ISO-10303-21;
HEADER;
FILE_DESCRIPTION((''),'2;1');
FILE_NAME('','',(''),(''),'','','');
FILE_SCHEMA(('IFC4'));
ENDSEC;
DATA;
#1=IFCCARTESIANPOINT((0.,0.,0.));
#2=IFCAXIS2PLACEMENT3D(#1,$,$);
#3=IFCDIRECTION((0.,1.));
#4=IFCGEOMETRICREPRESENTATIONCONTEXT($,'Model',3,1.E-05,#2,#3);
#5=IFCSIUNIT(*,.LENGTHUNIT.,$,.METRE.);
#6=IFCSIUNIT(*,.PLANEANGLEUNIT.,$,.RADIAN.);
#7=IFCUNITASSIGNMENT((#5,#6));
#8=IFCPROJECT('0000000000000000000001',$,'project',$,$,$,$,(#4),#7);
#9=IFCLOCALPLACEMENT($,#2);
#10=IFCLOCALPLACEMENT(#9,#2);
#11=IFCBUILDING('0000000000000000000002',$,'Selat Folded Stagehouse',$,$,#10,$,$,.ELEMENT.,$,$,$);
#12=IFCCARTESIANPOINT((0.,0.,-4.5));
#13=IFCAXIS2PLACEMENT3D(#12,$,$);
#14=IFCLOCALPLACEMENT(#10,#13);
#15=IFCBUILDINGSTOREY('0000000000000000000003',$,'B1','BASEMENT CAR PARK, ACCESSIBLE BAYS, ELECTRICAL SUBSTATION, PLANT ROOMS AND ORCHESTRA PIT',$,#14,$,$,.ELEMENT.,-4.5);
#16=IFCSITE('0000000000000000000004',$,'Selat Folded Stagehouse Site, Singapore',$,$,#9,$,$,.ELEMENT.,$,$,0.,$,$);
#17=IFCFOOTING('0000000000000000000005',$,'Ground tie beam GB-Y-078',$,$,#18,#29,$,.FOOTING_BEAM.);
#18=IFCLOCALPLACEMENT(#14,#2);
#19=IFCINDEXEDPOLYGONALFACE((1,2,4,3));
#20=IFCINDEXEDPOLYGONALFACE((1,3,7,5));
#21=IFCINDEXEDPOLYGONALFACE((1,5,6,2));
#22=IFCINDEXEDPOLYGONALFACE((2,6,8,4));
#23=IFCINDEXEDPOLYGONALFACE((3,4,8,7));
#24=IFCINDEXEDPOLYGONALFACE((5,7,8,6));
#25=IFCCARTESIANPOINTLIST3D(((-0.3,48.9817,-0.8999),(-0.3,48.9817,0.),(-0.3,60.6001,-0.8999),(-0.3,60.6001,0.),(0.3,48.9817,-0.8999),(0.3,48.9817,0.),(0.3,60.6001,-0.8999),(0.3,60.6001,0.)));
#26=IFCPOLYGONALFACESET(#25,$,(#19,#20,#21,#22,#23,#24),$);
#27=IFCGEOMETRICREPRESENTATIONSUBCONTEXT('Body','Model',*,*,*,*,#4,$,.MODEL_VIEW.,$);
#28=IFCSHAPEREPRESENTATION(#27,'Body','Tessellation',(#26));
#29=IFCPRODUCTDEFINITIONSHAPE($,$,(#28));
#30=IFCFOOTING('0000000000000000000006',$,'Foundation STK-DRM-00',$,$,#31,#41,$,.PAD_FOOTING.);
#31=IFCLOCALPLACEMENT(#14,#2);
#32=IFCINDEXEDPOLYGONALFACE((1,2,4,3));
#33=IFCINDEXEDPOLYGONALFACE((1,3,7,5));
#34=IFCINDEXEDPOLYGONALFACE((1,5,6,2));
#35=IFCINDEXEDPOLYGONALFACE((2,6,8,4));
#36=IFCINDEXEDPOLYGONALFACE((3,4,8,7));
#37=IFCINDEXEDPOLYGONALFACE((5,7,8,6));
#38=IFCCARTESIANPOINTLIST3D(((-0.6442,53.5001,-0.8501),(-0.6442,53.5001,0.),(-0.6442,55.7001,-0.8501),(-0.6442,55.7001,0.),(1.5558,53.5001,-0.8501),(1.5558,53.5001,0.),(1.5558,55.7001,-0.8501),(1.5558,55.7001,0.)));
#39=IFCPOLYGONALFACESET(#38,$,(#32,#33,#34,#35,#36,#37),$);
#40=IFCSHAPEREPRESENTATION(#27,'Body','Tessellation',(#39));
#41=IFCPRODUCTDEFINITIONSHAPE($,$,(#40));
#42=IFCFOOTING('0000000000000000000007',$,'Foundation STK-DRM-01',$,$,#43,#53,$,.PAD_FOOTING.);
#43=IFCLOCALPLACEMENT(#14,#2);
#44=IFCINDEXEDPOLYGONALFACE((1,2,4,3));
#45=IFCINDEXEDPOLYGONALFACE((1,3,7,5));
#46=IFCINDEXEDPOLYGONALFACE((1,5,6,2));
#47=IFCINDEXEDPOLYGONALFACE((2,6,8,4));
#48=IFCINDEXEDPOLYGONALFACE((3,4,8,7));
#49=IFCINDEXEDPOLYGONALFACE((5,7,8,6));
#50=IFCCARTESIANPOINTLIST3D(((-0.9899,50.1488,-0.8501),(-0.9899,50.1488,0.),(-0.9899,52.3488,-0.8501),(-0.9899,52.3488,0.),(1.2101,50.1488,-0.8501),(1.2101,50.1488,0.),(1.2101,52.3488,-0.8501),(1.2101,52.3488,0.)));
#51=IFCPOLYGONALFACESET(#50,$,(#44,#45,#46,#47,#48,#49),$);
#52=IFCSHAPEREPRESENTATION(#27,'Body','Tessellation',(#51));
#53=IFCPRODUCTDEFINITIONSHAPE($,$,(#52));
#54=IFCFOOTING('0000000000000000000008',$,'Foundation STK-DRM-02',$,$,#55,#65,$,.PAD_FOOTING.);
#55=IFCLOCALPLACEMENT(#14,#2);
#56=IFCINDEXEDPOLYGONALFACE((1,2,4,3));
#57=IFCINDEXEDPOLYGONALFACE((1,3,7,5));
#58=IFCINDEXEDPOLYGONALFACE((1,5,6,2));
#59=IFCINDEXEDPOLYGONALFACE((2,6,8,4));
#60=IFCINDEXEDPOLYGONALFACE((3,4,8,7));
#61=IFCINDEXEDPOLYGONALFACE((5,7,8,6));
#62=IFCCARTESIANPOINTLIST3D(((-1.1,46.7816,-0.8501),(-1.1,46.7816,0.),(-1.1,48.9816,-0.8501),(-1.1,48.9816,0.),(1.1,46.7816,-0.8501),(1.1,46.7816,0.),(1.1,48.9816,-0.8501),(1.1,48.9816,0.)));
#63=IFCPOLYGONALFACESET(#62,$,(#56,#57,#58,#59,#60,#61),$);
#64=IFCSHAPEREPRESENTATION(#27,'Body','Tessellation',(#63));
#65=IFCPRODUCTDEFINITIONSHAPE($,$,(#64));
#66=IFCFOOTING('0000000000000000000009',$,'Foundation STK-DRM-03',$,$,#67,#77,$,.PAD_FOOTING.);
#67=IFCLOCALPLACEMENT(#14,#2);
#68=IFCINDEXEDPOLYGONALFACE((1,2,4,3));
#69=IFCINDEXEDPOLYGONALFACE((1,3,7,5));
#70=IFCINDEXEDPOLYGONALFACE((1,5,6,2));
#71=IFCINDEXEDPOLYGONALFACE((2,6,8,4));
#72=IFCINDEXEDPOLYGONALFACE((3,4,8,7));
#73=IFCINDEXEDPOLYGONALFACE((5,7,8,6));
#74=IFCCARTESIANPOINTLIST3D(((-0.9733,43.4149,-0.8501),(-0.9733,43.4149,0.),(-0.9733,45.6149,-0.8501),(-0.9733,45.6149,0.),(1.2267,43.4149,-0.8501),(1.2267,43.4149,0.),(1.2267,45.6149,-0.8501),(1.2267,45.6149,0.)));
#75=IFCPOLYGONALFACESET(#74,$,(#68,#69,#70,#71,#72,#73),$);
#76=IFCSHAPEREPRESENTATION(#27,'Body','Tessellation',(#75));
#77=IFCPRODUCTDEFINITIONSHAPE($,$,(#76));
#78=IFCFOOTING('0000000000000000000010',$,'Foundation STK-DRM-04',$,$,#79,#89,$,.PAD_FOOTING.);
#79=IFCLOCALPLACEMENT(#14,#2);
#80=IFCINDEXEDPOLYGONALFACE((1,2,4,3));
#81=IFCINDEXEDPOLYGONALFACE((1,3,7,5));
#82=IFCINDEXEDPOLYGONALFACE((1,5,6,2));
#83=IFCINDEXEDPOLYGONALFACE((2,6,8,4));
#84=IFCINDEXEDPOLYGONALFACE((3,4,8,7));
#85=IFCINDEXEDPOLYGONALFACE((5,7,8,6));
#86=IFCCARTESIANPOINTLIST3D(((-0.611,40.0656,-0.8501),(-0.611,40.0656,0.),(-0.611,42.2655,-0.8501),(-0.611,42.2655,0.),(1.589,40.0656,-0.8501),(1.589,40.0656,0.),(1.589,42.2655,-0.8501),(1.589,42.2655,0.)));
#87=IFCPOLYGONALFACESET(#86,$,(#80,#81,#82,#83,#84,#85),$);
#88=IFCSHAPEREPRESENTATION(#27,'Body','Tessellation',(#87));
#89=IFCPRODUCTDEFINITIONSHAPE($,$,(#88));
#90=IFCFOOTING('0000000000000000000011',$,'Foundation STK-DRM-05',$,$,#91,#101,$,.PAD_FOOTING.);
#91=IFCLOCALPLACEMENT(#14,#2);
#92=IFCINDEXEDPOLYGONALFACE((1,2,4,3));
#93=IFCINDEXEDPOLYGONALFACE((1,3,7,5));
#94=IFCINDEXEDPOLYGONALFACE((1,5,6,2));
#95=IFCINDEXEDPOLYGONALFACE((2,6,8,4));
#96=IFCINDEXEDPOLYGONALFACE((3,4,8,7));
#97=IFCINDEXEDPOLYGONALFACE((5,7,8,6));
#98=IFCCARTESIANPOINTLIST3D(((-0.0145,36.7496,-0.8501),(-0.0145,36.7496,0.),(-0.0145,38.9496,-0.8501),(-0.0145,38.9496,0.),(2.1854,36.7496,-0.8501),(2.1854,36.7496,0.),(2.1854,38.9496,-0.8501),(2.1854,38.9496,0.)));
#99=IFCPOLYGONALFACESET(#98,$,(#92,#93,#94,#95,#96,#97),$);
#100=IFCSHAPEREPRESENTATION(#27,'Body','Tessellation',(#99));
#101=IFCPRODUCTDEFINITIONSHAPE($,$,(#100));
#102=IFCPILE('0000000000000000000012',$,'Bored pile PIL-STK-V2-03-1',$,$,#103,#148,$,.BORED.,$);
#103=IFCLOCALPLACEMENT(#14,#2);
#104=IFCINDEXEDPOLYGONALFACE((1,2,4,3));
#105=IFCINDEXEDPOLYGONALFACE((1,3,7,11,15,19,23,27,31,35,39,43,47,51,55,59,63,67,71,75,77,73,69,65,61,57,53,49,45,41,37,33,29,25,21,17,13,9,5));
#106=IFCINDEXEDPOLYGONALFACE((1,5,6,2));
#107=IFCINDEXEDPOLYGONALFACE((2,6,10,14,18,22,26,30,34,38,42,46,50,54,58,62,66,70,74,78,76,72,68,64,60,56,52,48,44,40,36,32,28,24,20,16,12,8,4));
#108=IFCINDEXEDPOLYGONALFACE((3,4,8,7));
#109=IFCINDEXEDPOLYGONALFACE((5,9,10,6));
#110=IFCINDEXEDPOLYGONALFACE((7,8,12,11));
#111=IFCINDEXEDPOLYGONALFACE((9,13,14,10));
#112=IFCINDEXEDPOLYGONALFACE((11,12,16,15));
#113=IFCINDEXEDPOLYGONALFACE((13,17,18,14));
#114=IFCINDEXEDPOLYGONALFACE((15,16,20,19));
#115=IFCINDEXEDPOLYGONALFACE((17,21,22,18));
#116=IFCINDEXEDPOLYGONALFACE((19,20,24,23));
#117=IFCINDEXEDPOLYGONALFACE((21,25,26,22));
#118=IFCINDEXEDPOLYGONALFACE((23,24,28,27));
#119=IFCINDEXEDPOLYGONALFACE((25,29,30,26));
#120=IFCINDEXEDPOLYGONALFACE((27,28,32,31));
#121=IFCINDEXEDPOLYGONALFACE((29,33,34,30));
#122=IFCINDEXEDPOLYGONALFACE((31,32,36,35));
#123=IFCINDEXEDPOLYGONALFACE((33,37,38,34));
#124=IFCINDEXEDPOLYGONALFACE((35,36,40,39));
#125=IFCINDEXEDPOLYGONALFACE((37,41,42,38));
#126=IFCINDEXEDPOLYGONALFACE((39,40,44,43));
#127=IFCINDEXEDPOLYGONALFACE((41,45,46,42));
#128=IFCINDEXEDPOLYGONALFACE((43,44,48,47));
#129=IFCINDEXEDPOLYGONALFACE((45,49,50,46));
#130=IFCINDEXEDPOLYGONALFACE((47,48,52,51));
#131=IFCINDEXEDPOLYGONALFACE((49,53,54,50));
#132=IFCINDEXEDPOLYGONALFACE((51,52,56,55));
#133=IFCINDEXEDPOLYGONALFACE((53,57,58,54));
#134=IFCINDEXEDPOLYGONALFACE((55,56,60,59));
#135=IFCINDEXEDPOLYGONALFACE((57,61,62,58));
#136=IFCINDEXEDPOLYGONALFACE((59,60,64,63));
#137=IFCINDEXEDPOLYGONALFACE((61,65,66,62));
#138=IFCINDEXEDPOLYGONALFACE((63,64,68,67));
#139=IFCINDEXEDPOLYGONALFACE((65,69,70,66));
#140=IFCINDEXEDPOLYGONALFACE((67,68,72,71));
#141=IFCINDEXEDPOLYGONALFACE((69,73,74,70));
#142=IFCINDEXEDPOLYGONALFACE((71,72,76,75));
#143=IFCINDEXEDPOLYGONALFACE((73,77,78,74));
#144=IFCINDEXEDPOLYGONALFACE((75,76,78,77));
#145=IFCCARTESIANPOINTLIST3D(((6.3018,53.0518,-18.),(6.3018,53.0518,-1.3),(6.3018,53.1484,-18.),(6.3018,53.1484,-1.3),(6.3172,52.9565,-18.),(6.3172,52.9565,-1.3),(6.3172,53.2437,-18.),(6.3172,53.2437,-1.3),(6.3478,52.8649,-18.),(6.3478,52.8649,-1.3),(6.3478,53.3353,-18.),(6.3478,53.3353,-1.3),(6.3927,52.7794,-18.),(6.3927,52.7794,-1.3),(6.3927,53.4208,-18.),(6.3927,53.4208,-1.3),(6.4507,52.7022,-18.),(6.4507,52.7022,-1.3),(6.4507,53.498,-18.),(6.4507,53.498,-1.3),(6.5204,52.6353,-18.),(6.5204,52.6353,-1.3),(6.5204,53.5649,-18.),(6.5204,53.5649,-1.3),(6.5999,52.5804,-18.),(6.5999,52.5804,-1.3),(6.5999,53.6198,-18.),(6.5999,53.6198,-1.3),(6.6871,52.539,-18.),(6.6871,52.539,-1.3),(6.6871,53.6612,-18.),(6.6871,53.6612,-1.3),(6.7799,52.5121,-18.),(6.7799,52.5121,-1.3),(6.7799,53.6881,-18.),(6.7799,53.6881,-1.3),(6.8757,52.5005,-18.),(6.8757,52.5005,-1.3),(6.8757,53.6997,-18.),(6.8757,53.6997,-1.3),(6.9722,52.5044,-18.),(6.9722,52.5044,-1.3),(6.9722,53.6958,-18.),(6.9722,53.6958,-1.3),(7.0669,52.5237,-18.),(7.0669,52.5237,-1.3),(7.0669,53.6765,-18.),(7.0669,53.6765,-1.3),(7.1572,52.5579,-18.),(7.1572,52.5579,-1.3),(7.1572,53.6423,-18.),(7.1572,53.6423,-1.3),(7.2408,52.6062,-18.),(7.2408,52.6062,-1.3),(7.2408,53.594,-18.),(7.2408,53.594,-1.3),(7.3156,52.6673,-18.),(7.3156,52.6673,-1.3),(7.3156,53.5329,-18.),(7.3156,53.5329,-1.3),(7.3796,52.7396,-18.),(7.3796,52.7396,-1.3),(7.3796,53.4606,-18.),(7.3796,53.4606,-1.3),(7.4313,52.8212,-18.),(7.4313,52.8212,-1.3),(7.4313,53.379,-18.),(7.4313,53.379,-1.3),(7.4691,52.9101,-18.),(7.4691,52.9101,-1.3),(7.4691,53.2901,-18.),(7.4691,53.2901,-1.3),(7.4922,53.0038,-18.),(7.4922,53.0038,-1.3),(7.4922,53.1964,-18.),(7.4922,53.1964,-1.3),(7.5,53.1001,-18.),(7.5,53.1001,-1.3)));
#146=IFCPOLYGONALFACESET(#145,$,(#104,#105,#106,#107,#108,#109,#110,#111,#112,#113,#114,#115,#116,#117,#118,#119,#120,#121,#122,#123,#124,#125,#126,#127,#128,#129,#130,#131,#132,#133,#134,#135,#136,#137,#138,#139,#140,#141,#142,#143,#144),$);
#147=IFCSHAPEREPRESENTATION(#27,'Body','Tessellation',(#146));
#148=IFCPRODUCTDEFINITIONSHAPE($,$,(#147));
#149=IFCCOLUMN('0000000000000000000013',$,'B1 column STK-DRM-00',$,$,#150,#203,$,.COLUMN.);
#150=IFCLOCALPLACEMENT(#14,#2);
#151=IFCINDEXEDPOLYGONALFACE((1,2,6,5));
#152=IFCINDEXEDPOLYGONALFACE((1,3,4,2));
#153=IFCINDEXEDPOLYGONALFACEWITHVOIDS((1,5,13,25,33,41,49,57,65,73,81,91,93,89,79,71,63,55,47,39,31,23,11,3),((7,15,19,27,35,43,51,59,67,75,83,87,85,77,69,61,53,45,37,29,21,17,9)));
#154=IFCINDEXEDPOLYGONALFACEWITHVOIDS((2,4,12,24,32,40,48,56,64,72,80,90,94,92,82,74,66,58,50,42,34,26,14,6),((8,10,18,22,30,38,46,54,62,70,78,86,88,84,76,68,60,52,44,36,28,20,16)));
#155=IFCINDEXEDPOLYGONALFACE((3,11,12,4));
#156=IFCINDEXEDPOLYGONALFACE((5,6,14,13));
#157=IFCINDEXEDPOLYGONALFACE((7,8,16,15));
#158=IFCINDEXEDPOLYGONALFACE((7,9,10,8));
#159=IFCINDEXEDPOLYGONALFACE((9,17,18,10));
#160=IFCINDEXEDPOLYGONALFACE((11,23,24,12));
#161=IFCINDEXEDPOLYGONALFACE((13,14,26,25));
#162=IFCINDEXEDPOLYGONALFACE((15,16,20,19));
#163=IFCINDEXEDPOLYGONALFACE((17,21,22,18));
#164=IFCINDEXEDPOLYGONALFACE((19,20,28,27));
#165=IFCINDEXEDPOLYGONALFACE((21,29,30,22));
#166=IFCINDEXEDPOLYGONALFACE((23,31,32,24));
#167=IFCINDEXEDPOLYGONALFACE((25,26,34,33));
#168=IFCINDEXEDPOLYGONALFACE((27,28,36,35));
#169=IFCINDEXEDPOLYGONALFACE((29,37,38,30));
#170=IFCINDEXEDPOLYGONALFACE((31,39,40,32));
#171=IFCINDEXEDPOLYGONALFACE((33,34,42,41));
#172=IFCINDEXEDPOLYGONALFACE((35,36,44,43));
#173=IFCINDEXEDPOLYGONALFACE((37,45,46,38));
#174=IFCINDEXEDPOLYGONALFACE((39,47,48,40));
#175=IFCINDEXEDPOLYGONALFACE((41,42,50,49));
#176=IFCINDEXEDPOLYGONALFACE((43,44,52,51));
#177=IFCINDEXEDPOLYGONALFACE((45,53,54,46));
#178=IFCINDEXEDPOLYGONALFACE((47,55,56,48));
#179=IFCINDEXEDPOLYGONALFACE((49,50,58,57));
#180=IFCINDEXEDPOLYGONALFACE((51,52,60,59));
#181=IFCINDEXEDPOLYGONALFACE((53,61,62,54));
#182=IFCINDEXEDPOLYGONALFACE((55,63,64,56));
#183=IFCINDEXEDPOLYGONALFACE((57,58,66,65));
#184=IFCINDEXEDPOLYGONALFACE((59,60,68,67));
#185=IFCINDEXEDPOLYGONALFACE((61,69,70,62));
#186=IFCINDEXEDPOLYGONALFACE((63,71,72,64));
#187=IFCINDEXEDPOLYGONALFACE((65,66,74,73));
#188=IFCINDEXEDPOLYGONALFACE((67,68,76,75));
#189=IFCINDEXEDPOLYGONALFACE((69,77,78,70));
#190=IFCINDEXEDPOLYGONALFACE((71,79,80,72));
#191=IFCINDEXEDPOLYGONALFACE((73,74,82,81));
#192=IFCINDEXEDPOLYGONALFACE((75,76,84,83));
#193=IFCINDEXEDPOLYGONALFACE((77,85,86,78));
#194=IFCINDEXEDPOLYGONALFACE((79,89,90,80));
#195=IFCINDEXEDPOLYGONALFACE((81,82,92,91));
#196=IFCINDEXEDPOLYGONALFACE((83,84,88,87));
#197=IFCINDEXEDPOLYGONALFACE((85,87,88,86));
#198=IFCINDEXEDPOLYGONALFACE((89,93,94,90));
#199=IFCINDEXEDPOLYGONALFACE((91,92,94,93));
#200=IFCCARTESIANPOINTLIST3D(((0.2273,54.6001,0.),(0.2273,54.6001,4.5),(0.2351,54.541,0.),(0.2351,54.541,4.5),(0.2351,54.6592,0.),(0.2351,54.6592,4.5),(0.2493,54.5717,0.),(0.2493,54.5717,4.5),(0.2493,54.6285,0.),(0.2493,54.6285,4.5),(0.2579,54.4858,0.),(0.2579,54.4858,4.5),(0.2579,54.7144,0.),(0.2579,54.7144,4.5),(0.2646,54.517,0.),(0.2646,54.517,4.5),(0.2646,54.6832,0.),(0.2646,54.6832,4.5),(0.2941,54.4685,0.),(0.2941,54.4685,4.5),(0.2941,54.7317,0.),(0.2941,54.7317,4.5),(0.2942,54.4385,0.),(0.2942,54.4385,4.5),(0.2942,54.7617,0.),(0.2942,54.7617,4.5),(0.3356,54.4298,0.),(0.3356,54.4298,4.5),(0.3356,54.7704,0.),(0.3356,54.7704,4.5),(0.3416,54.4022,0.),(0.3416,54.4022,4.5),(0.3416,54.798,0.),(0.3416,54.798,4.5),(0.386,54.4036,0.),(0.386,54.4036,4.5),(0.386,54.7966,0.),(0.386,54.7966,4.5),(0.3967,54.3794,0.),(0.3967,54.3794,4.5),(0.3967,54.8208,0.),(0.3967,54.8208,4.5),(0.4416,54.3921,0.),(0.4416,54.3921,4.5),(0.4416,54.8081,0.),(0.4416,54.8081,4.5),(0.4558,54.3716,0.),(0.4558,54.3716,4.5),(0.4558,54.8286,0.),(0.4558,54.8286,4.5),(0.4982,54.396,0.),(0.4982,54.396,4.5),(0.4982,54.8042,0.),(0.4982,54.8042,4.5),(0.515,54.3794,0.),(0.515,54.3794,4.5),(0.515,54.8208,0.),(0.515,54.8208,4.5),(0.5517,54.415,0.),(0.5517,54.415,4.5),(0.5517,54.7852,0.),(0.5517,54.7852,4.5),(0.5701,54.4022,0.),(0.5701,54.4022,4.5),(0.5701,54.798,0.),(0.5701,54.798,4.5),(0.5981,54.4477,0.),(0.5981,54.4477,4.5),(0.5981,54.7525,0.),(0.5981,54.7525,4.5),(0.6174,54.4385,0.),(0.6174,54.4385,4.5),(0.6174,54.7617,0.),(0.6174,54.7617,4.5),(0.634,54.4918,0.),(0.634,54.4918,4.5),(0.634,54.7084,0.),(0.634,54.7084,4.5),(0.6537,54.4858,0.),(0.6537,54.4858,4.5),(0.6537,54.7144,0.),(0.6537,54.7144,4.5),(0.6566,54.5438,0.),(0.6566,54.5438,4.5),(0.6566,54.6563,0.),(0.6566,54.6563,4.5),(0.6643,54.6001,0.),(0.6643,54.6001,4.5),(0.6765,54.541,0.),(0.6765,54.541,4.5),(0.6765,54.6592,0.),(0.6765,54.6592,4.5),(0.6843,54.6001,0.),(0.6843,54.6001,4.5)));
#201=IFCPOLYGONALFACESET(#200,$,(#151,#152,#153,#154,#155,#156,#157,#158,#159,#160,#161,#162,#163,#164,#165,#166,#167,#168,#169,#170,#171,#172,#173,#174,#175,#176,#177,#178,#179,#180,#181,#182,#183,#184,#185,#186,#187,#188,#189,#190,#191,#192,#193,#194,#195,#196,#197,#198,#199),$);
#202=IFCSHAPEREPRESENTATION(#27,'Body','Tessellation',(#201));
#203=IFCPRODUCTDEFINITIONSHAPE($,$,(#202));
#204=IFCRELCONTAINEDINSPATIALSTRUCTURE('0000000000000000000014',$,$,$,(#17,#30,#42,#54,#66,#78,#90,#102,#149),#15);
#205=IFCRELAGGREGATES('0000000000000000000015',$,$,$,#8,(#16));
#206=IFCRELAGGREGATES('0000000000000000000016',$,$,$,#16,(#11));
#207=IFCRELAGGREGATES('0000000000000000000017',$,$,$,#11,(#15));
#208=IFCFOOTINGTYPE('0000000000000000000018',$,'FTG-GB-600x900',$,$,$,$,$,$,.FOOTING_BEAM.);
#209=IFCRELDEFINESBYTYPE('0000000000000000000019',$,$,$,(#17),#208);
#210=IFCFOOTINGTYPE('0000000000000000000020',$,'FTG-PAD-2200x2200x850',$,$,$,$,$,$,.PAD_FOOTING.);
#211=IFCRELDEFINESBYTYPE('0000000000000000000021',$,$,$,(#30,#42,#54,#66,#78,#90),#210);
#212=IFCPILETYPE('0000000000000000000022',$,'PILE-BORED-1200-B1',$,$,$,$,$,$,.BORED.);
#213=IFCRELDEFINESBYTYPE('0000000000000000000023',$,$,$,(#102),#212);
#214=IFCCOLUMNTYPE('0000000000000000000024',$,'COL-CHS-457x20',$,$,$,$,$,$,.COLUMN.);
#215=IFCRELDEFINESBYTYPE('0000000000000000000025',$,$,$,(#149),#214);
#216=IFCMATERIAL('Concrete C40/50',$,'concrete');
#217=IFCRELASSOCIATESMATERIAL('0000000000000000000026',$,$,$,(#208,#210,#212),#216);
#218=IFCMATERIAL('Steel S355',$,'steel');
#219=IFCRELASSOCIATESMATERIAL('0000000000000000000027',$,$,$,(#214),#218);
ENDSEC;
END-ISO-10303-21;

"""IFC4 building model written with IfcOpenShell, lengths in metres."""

from ifc_helpers import new_model, si_unit, direction, frame, origin, origin_2d, place, context, subcontext, project, spatial, rectangle, circle, hollow_circle, extrude, material, material_profile, profile_set, type_object, element, save


model = new_model("IFC4")

# Units and contexts
model_context = context("Model", 3, precision=1e-05, world=origin(), true_north=direction((0.0, 1.0)))
body_context = subcontext(model_context, "Body", "Model", "MODEL_VIEW")
ifc_project = project(units=[si_unit("LENGTHUNIT", "METRE"), si_unit("PLANEANGLEUNIT", "RADIAN")], contexts=[model_context])

# Site, building, storey
site_placement = place(None, origin())
site = spatial("IfcSite", under=ifc_project, at=site_placement, Name="Selat Folded Stagehouse Site, Singapore", CompositionType="ELEMENT", RefElevation=0.0)
building_placement = place(site_placement, origin())
building = spatial("IfcBuilding", under=site, at=building_placement, Name="Selat Folded Stagehouse", CompositionType="ELEMENT")
storey_placement = place(building_placement, frame((0.0, 0.0, -4.5)))
storey = spatial("IfcBuildingStorey", under=building, at=storey_placement, Name="B1", Description="BASEMENT CAR PARK, ACCESSIBLE BAYS, ELECTRICAL SUBSTATION, PLANT ROOMS AND ORCHESTRA PIT", CompositionType="ELEMENT", Elevation=-4.5)

# Footings
ifc_material_1 = material(Name="Concrete C40/50", Category="concrete")
ifc_material_profile_1 = material_profile(ifc_material_1, rectangle(XDim=0.6001, YDim=0.8999, at=origin_2d()), Name="RC 900x600")
ifc_profile_set_1 = profile_set([ifc_material_profile_1], Name="Concrete C40/50")
footing_type_1 = type_object("IfcFootingType", Name="FTG-GB-600x900", PredefinedType="FOOTING_BEAM", material=ifc_profile_set_1)
footing_placement = place(storey_placement, frame((0.0, 48.9817, -0.45), z_axis=(0.0, 1.0, 0.0), x_axis=(-1.0, 0.0, 0.0)))
element("IfcFooting", 1, at=footing_placement, inside=storey, type_object=footing_type_1, Name="Ground tie beam GB-Y-078", PredefinedType="FOOTING_BEAM", context=body_context, shape_type="SweptSolid", body=[
    extrude(rectangle(XDim=0.6001, YDim=0.8999, at=origin_2d()), origin(), (0.0, 0.0, 1.0), 11.6184),
])
footing_type_2 = type_object("IfcFootingType", Name="FTG-PAD-2200x2200x850", PredefinedType="PAD_FOOTING", material=ifc_material_1)
for number, where, z_axis, x_axis, name in (
    (2, (0.4558, 54.6001, -0.8501), (0.0, 0.0, 1.0), (1.0, 0.0, 0.0), "Foundation STK-DRM-00"),
    (3, (0.1101, 51.2488, -0.8501), (0.0, 0.0, 1.0), (1.0, 0.0, 0.0), "Foundation STK-DRM-01"),
    (4, (0.0, 47.8816, -0.8501), (0.0, 0.0, 1.0), (1.0, 0.0, 0.0), "Foundation STK-DRM-02"),
    (5, (0.1267, 44.5149, -0.8501), (0.0, 0.0, 1.0), (1.0, 0.0, 0.0), "Foundation STK-DRM-03"),
    (6, (0.489, 41.1655, -0.8501), (0.0, 0.0, 1.0), (1.0, 0.0, 0.0), "Foundation STK-DRM-04"),
    (7, (1.0854, 37.8496, -0.8501), (0.0, 0.0, 1.0), (1.0, 0.0, 0.0), "Foundation STK-DRM-05"),
):
    element("IfcFooting", number, at=place(storey_placement, frame(where, z_axis=z_axis, x_axis=x_axis)), inside=storey, type_object=footing_type_2, Name=name, PredefinedType="PAD_FOOTING", context=body_context, shape_type="SweptSolid", body=[
        extrude(rectangle(XDim=2.2, YDim=2.2, at=origin_2d()), origin(), (0.0, 0.0, 1.0), 0.8501),
    ])

# Pile
ifc_material_profile_2 = material_profile(ifc_material_1, circle(Radius=0.6001, at=origin_2d()), Name="PILE D1200")
ifc_profile_set_2 = profile_set([ifc_material_profile_2], Name="Concrete C40/50")
pile_type = type_object("IfcPileType", Name="PILE-BORED-1200-B1", PredefinedType="BORED", material=ifc_profile_set_2)
pile_placement = place(storey_placement, frame((6.8999, 53.1001, -1.3), z_axis=(0.0, 0.0, -1.0), x_axis=(1.0, 0.0, 0.0)))
element("IfcPile", 8, at=pile_placement, inside=storey, type_object=pile_type, Name="Bored pile PIL-STK-V2-03-1", PredefinedType="BORED", context=body_context, shape_type="SweptSolid", body=[
    extrude(circle(Radius=0.6001, at=origin_2d()), origin(), (0.0, 0.0, 1.0), 16.7),
])

# Column
ifc_material_2 = material(Name="Steel S355", Category="steel")
ifc_material_profile_3 = material_profile(ifc_material_2, hollow_circle(Radius=0.2285, WallThickness=0.02, at=origin_2d()), Name="CHS 457.0x20.0")
ifc_profile_set_3 = profile_set([ifc_material_profile_3], Name="Steel S355")
column_type = type_object("IfcColumnType", Name="COL-CHS-457x20", PredefinedType="COLUMN", material=ifc_profile_set_3)
for number, where, z_axis, x_axis, name in (
    (9, (0.4558, 54.6001, 0.0), (0.0, 0.0, 1.0), (1.0, 0.0, 0.0), "B1 column STK-DRM-00"),
):
    element("IfcColumn", number, at=place(storey_placement, frame(where, z_axis=z_axis, x_axis=x_axis)), inside=storey, type_object=column_type, Name=name, PredefinedType="COLUMN", context=body_context, shape_type="SweptSolid", body=[
        extrude(hollow_circle(Radius=0.2285, WallThickness=0.02, at=origin_2d()), origin(), (0.0, 0.0, 1.0), 4.5),
    ])

save(model, "model.ifc")
